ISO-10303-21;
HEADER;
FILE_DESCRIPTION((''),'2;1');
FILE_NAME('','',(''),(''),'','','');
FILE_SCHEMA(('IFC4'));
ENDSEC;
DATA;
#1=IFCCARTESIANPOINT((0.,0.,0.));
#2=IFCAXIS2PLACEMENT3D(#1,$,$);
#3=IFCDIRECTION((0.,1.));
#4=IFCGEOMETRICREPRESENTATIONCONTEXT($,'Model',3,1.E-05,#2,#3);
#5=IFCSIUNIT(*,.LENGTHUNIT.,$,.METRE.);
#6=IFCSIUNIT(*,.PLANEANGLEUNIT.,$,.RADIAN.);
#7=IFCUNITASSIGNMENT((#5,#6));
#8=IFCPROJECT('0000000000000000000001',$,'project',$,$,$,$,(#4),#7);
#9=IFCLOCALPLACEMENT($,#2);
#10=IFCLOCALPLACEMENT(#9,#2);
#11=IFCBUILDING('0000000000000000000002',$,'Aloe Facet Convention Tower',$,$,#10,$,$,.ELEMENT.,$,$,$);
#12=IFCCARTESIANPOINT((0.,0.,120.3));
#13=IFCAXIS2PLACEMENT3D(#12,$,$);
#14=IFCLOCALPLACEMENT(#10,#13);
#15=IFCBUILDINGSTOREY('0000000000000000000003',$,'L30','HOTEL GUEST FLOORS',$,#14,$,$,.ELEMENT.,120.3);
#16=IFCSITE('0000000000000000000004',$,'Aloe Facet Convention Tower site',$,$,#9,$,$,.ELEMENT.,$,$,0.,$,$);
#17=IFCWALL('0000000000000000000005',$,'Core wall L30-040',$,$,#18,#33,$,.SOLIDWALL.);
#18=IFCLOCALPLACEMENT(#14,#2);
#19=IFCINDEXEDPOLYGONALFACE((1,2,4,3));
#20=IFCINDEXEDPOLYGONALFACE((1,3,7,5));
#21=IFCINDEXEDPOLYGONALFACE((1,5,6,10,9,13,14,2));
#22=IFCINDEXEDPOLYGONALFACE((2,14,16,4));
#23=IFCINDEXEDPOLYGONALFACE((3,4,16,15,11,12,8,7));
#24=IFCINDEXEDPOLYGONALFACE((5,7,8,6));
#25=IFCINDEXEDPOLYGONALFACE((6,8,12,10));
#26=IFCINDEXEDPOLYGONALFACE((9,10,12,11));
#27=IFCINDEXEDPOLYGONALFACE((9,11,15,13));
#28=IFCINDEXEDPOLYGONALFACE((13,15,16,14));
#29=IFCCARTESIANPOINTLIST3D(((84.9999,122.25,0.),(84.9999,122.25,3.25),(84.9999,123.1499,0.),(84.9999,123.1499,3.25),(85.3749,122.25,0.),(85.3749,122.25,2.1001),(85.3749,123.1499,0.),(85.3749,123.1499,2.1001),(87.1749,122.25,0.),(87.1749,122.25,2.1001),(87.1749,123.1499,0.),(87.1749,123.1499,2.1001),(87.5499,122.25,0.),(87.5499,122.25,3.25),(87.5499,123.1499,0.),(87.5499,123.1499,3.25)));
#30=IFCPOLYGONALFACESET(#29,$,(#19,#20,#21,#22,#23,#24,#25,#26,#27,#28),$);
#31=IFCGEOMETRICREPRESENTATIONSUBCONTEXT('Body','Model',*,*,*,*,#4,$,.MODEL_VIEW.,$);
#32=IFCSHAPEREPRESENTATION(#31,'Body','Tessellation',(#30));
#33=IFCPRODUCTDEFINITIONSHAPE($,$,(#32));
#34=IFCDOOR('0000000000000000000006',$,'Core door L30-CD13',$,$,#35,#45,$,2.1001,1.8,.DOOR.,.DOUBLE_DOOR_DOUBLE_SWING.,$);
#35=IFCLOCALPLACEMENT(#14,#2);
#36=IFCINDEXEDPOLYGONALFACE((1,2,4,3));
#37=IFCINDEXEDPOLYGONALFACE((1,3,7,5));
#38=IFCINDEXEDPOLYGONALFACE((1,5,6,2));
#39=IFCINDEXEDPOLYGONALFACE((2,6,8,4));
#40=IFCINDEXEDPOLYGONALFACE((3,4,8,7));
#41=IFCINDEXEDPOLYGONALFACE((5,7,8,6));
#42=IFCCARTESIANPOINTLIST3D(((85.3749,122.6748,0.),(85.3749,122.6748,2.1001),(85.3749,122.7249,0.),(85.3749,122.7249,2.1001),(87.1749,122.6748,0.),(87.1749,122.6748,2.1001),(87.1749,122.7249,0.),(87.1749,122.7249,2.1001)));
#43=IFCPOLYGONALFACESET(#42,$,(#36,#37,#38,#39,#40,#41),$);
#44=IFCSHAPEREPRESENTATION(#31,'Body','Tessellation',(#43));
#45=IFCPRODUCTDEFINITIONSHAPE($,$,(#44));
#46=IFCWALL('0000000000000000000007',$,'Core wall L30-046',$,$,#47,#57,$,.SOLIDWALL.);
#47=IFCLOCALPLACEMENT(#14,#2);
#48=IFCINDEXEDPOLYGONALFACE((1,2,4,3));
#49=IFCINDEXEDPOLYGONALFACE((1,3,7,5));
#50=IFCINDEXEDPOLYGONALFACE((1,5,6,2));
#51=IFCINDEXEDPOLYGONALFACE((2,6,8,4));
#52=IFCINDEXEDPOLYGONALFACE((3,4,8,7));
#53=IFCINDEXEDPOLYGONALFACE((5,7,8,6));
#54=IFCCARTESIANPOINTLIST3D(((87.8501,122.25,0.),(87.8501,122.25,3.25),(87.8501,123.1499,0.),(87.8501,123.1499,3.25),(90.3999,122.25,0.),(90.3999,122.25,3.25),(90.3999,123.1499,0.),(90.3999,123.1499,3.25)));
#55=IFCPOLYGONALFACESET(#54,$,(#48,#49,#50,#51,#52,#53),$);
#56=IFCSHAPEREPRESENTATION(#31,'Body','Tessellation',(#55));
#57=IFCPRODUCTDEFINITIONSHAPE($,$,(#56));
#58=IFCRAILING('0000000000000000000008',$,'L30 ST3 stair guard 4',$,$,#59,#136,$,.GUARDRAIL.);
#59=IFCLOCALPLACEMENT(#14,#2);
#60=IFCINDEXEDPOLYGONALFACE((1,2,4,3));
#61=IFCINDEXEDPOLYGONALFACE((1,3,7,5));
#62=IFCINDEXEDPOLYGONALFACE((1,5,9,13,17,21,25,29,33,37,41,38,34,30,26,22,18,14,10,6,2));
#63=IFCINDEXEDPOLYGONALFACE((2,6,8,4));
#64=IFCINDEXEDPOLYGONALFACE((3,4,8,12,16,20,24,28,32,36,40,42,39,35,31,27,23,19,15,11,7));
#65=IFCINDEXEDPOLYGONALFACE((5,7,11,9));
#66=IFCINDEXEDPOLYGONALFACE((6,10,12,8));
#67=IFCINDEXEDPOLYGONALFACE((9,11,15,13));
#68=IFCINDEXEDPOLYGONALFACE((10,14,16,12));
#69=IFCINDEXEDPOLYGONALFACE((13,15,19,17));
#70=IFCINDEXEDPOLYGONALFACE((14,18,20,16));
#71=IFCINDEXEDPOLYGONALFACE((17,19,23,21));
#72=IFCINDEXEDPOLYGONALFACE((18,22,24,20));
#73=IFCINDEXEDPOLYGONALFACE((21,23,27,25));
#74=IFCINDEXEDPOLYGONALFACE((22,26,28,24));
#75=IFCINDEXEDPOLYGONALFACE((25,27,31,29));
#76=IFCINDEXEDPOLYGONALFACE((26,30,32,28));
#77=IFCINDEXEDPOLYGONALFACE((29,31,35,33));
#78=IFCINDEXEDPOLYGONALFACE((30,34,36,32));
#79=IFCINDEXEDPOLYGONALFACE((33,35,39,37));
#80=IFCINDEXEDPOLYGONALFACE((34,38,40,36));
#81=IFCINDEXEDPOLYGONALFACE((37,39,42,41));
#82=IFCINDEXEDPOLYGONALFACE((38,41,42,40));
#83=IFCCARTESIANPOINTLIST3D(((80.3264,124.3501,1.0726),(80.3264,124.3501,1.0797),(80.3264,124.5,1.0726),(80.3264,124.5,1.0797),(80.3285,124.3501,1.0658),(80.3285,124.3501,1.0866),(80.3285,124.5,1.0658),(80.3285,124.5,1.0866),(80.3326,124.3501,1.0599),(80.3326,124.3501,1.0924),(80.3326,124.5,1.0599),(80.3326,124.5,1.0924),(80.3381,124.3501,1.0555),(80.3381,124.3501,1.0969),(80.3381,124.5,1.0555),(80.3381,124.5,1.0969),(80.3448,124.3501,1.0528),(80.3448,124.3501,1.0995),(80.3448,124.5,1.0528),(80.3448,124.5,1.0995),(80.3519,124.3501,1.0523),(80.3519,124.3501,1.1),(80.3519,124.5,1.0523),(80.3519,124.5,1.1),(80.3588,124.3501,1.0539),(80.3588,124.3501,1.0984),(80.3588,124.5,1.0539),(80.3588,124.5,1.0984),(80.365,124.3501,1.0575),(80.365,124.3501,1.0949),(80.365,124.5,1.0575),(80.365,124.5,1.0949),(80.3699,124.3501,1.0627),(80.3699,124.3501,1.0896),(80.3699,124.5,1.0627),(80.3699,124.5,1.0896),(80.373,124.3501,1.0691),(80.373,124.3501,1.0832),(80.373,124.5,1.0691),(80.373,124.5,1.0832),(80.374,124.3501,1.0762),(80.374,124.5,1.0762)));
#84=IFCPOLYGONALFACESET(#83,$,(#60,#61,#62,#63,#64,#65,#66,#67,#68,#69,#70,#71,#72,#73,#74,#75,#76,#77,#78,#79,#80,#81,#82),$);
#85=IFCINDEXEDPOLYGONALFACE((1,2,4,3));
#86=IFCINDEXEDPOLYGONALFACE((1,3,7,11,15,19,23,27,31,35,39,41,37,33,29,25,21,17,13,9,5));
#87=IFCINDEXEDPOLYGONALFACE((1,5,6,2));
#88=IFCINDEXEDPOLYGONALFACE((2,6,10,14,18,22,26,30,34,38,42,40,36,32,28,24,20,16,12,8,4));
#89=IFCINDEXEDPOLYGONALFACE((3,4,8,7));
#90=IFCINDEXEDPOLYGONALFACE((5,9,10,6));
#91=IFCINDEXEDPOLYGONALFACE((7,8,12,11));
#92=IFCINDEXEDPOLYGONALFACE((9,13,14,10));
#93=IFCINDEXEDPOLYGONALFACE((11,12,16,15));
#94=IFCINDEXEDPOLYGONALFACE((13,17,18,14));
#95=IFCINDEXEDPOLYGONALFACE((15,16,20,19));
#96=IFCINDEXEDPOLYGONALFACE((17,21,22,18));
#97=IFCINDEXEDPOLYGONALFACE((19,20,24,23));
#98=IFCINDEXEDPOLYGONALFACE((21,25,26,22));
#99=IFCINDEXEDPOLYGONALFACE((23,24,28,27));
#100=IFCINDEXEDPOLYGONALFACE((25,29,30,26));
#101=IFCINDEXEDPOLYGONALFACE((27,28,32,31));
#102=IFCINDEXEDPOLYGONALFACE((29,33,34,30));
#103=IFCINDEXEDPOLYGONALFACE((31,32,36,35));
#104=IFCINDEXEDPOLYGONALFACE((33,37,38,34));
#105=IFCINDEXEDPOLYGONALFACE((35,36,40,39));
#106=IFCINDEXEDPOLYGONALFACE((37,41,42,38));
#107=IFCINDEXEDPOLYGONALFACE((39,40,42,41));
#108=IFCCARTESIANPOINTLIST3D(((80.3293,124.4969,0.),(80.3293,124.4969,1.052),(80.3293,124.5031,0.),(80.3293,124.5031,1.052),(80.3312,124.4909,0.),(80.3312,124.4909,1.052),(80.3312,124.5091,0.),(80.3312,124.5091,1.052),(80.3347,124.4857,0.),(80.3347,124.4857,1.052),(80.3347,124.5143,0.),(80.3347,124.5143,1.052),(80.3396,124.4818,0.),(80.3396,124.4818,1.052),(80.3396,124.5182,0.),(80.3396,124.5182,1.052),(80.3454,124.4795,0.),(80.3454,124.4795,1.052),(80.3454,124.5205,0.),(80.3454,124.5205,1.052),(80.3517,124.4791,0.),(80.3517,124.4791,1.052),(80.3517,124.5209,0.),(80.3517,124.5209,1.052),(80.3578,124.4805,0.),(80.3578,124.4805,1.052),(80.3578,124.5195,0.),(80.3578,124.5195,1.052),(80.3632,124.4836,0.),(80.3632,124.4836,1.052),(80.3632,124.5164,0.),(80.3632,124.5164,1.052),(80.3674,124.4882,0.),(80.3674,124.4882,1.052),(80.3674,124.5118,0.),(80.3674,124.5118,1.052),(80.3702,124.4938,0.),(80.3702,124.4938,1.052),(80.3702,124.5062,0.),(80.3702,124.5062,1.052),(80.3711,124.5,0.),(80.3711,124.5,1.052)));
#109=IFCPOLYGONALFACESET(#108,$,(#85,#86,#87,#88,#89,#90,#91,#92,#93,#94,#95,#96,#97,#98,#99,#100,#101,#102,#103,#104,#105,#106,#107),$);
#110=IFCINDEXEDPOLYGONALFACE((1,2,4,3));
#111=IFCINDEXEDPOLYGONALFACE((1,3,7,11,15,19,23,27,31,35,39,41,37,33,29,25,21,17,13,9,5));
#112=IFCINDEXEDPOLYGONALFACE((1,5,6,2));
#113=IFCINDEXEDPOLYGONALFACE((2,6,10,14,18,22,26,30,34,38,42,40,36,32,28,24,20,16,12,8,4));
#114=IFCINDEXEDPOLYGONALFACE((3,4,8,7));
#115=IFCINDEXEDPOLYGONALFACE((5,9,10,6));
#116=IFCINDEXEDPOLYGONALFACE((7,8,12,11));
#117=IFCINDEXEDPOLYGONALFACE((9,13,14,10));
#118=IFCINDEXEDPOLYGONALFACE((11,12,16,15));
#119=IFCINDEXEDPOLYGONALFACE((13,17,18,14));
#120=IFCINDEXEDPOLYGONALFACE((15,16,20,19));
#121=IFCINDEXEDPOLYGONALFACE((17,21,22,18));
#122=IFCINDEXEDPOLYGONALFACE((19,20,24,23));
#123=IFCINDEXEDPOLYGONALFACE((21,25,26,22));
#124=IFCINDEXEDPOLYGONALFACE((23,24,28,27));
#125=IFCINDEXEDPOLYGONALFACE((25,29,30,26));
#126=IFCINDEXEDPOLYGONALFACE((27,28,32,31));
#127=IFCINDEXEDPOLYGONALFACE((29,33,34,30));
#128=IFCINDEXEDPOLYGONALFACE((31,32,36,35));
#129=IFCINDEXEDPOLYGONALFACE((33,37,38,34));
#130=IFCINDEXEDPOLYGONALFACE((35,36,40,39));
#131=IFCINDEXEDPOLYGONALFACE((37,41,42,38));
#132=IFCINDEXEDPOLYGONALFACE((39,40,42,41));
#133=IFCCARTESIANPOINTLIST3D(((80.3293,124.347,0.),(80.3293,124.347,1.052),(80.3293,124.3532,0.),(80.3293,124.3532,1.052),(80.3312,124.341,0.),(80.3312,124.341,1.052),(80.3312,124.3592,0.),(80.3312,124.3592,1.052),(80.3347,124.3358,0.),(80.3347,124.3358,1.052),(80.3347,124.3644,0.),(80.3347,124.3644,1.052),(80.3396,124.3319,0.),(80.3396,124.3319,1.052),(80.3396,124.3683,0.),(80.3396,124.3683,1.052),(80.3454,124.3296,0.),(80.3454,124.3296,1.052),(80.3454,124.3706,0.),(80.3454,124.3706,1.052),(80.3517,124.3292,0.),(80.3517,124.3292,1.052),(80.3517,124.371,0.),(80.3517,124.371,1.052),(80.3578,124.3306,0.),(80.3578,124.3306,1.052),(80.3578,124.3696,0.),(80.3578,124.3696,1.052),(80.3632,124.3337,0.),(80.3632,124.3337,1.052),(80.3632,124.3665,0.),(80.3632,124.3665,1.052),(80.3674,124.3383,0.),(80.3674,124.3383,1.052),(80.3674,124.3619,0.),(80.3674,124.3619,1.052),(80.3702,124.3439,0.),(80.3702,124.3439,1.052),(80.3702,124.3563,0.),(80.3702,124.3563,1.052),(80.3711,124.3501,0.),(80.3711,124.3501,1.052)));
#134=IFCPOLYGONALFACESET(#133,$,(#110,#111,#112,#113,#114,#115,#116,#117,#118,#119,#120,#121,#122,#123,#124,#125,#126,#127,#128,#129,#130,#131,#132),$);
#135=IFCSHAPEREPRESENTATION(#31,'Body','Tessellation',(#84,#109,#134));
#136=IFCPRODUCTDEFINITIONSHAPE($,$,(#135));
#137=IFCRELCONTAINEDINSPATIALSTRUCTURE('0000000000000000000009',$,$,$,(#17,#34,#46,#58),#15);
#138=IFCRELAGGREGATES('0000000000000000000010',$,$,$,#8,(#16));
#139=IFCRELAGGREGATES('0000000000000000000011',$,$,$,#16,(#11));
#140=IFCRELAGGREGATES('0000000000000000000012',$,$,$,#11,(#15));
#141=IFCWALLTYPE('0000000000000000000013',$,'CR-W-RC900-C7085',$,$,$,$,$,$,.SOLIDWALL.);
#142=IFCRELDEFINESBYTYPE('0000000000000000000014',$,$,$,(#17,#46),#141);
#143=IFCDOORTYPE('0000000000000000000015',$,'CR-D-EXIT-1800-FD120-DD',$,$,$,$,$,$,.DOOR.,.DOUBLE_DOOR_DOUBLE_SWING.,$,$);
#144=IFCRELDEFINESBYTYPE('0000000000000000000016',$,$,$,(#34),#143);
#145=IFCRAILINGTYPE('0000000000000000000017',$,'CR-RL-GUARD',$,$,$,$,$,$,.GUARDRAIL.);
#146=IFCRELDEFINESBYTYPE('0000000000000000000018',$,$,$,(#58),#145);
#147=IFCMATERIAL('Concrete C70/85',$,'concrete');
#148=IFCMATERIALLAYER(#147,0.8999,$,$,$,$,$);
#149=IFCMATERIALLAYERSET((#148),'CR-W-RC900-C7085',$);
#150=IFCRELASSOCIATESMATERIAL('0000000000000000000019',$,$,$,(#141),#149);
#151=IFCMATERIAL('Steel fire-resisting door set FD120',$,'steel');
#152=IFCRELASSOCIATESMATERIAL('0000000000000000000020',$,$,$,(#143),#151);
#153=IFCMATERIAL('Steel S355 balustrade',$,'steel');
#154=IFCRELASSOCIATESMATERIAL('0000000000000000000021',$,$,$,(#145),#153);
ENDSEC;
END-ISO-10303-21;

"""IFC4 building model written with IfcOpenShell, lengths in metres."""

from ifc_helpers import new_model, si_unit, direction, frame, frame_2d, origin, origin_2d, place, context, subcontext, project, spatial, rectangle, circle, extrude, material, layer, layer_set, type_object, element, fill, save


model = new_model("IFC4")

# Units and contexts
model_context = context("Model", 3, precision=1e-05, world=origin(), true_north=direction((0.0, 1.0)))
body_context = subcontext(model_context, "Body", "Model", "MODEL_VIEW")
ifc_project = project(units=[si_unit("LENGTHUNIT", "METRE"), si_unit("PLANEANGLEUNIT", "RADIAN")], contexts=[model_context])

# Site, building, storey
site_placement = place(None, origin())
site = spatial("IfcSite", under=ifc_project, at=site_placement, Name="Aloe Facet Convention Tower site", CompositionType="ELEMENT", RefElevation=0.0)
building_placement = place(site_placement, origin())
building = spatial("IfcBuilding", under=site, at=building_placement, Name="Aloe Facet Convention Tower", CompositionType="ELEMENT")
storey_placement = place(building_placement, frame((0.0, 0.0, 120.3)))
storey = spatial("IfcBuildingStorey", under=building, at=storey_placement, Name="L30", Description="HOTEL GUEST FLOORS", CompositionType="ELEMENT", Elevation=120.3)

# Wall, opening, door
ifc_material_1 = material(Name="Concrete C70/85", Category="concrete")
ifc_layer_1 = layer(ifc_material_1, 0.8999)
ifc_layer_set_1 = layer_set([ifc_layer_1], Name="CR-W-RC900-C7085")
wall_type_1 = type_object("IfcWallType", Name="CR-W-RC900-C7085", PredefinedType="SOLIDWALL", material=ifc_layer_set_1)
wall_1_placement = place(storey_placement, frame((85.0, 122.7, 0.0), z_axis=(0.0, 0.0, 1.0), x_axis=(1.0, 0.0, 0.0)))
wall_1 = element("IfcWall", 1, at=wall_1_placement, inside=storey, type_object=wall_type_1, Name="Core wall L30-040", PredefinedType="SOLIDWALL", context=body_context, shape_type="SweptSolid", body=[
    extrude(rectangle(XDim=2.55, YDim=0.8999, at=frame_2d((1.2749, 0.0))), origin(), (0.0, 0.0, 1.0), 3.25),
])
opening_1_placement = place(wall_1_placement, frame((0.375, 0.0, 0.0)))
opening_1 = element("IfcOpeningElement", 2, at=opening_1_placement, cuts=wall_1, PredefinedType="OPENING", context=body_context, shape_type="SweptSolid", body=[
    extrude(rectangle(XDim=1.8, YDim=2.1001, at=frame_2d((0.8999, 1.05))), frame((0.0, 0.46, 0.0), z_axis=(0.0, -1.0, 0.0), x_axis=(1.0, 0.0, 0.0)), (0.0, 0.0, 1.0), 0.9199),
])
ifc_material_2 = material(Name="Steel fire-resisting door set FD120", Category="steel")
door_type_1 = type_object("IfcDoorType", Name="CR-D-EXIT-1800-FD120-DD", OperationType="DOUBLE_DOOR_DOUBLE_SWING", PredefinedType="DOOR", material=ifc_material_2)
door_1_placement = place(opening_1_placement, origin())
door_1 = element("IfcDoor", 3, at=door_1_placement, inside=storey, type_object=door_type_1, Name="Core door L30-CD13", OperationType="DOUBLE_DOOR_DOUBLE_SWING", OverallHeight=2.1001, OverallWidth=1.8, PredefinedType="DOOR", context=body_context, shape_type="SweptSolid", body=[
    extrude(rectangle(XDim=1.8, YDim=2.1001, at=frame_2d((0.8999, 1.05))), frame((0.0, 0.0249, 0.0), z_axis=(0.0, -1.0, 0.0), x_axis=(1.0, 0.0, 0.0)), (0.0, 0.0, 1.0), 0.05),
])
fill(opening_1, door_1)

# Wall
wall_2_placement = place(storey_placement, frame((87.8501, 122.7, 0.0), z_axis=(0.0, 0.0, 1.0), x_axis=(1.0, 0.0, 0.0)))
element("IfcWall", 4, at=wall_2_placement, inside=storey, type_object=wall_type_1, Name="Core wall L30-046", PredefinedType="SOLIDWALL", context=body_context, shape_type="SweptSolid", body=[
    extrude(rectangle(XDim=2.5498, YDim=0.8999, at=frame_2d((1.2749, 0.0))), origin(), (0.0, 0.0, 1.0), 3.25),
])

# Railing
ifc_material_3 = material(Name="Steel S355 balustrade", Category="steel")
railing_type = type_object("IfcRailingType", Name="CR-RL-GUARD", PredefinedType="GUARDRAIL", material=ifc_material_3)
railing_placement = place(storey_placement, frame((80.3501, 124.5, 0.0)))
element("IfcRailing", 5, at=railing_placement, inside=storey, type_object=railing_type, Name="L30 ST3 stair guard 4", PredefinedType="GUARDRAIL", context=body_context, shape_type="SweptSolid", body=[
    extrude(circle(Radius=0.0239, at=origin_2d()), frame((0.0, 0.0, 1.0762), z_axis=(0.0, -1.0, 0.0), x_axis=(1.0, 0.0, 0.0)), (0.0, 0.0, 1.0), 0.1499),
    extrude(circle(Radius=0.021, at=origin_2d()), origin(), (0.0, 0.0, 1.0), 1.052),
    extrude(circle(Radius=0.021, at=origin_2d()), frame((0.0, -0.1499, 0.0)), (0.0, 0.0, 1.0), 1.052),
])

save(model, "model.ifc")
